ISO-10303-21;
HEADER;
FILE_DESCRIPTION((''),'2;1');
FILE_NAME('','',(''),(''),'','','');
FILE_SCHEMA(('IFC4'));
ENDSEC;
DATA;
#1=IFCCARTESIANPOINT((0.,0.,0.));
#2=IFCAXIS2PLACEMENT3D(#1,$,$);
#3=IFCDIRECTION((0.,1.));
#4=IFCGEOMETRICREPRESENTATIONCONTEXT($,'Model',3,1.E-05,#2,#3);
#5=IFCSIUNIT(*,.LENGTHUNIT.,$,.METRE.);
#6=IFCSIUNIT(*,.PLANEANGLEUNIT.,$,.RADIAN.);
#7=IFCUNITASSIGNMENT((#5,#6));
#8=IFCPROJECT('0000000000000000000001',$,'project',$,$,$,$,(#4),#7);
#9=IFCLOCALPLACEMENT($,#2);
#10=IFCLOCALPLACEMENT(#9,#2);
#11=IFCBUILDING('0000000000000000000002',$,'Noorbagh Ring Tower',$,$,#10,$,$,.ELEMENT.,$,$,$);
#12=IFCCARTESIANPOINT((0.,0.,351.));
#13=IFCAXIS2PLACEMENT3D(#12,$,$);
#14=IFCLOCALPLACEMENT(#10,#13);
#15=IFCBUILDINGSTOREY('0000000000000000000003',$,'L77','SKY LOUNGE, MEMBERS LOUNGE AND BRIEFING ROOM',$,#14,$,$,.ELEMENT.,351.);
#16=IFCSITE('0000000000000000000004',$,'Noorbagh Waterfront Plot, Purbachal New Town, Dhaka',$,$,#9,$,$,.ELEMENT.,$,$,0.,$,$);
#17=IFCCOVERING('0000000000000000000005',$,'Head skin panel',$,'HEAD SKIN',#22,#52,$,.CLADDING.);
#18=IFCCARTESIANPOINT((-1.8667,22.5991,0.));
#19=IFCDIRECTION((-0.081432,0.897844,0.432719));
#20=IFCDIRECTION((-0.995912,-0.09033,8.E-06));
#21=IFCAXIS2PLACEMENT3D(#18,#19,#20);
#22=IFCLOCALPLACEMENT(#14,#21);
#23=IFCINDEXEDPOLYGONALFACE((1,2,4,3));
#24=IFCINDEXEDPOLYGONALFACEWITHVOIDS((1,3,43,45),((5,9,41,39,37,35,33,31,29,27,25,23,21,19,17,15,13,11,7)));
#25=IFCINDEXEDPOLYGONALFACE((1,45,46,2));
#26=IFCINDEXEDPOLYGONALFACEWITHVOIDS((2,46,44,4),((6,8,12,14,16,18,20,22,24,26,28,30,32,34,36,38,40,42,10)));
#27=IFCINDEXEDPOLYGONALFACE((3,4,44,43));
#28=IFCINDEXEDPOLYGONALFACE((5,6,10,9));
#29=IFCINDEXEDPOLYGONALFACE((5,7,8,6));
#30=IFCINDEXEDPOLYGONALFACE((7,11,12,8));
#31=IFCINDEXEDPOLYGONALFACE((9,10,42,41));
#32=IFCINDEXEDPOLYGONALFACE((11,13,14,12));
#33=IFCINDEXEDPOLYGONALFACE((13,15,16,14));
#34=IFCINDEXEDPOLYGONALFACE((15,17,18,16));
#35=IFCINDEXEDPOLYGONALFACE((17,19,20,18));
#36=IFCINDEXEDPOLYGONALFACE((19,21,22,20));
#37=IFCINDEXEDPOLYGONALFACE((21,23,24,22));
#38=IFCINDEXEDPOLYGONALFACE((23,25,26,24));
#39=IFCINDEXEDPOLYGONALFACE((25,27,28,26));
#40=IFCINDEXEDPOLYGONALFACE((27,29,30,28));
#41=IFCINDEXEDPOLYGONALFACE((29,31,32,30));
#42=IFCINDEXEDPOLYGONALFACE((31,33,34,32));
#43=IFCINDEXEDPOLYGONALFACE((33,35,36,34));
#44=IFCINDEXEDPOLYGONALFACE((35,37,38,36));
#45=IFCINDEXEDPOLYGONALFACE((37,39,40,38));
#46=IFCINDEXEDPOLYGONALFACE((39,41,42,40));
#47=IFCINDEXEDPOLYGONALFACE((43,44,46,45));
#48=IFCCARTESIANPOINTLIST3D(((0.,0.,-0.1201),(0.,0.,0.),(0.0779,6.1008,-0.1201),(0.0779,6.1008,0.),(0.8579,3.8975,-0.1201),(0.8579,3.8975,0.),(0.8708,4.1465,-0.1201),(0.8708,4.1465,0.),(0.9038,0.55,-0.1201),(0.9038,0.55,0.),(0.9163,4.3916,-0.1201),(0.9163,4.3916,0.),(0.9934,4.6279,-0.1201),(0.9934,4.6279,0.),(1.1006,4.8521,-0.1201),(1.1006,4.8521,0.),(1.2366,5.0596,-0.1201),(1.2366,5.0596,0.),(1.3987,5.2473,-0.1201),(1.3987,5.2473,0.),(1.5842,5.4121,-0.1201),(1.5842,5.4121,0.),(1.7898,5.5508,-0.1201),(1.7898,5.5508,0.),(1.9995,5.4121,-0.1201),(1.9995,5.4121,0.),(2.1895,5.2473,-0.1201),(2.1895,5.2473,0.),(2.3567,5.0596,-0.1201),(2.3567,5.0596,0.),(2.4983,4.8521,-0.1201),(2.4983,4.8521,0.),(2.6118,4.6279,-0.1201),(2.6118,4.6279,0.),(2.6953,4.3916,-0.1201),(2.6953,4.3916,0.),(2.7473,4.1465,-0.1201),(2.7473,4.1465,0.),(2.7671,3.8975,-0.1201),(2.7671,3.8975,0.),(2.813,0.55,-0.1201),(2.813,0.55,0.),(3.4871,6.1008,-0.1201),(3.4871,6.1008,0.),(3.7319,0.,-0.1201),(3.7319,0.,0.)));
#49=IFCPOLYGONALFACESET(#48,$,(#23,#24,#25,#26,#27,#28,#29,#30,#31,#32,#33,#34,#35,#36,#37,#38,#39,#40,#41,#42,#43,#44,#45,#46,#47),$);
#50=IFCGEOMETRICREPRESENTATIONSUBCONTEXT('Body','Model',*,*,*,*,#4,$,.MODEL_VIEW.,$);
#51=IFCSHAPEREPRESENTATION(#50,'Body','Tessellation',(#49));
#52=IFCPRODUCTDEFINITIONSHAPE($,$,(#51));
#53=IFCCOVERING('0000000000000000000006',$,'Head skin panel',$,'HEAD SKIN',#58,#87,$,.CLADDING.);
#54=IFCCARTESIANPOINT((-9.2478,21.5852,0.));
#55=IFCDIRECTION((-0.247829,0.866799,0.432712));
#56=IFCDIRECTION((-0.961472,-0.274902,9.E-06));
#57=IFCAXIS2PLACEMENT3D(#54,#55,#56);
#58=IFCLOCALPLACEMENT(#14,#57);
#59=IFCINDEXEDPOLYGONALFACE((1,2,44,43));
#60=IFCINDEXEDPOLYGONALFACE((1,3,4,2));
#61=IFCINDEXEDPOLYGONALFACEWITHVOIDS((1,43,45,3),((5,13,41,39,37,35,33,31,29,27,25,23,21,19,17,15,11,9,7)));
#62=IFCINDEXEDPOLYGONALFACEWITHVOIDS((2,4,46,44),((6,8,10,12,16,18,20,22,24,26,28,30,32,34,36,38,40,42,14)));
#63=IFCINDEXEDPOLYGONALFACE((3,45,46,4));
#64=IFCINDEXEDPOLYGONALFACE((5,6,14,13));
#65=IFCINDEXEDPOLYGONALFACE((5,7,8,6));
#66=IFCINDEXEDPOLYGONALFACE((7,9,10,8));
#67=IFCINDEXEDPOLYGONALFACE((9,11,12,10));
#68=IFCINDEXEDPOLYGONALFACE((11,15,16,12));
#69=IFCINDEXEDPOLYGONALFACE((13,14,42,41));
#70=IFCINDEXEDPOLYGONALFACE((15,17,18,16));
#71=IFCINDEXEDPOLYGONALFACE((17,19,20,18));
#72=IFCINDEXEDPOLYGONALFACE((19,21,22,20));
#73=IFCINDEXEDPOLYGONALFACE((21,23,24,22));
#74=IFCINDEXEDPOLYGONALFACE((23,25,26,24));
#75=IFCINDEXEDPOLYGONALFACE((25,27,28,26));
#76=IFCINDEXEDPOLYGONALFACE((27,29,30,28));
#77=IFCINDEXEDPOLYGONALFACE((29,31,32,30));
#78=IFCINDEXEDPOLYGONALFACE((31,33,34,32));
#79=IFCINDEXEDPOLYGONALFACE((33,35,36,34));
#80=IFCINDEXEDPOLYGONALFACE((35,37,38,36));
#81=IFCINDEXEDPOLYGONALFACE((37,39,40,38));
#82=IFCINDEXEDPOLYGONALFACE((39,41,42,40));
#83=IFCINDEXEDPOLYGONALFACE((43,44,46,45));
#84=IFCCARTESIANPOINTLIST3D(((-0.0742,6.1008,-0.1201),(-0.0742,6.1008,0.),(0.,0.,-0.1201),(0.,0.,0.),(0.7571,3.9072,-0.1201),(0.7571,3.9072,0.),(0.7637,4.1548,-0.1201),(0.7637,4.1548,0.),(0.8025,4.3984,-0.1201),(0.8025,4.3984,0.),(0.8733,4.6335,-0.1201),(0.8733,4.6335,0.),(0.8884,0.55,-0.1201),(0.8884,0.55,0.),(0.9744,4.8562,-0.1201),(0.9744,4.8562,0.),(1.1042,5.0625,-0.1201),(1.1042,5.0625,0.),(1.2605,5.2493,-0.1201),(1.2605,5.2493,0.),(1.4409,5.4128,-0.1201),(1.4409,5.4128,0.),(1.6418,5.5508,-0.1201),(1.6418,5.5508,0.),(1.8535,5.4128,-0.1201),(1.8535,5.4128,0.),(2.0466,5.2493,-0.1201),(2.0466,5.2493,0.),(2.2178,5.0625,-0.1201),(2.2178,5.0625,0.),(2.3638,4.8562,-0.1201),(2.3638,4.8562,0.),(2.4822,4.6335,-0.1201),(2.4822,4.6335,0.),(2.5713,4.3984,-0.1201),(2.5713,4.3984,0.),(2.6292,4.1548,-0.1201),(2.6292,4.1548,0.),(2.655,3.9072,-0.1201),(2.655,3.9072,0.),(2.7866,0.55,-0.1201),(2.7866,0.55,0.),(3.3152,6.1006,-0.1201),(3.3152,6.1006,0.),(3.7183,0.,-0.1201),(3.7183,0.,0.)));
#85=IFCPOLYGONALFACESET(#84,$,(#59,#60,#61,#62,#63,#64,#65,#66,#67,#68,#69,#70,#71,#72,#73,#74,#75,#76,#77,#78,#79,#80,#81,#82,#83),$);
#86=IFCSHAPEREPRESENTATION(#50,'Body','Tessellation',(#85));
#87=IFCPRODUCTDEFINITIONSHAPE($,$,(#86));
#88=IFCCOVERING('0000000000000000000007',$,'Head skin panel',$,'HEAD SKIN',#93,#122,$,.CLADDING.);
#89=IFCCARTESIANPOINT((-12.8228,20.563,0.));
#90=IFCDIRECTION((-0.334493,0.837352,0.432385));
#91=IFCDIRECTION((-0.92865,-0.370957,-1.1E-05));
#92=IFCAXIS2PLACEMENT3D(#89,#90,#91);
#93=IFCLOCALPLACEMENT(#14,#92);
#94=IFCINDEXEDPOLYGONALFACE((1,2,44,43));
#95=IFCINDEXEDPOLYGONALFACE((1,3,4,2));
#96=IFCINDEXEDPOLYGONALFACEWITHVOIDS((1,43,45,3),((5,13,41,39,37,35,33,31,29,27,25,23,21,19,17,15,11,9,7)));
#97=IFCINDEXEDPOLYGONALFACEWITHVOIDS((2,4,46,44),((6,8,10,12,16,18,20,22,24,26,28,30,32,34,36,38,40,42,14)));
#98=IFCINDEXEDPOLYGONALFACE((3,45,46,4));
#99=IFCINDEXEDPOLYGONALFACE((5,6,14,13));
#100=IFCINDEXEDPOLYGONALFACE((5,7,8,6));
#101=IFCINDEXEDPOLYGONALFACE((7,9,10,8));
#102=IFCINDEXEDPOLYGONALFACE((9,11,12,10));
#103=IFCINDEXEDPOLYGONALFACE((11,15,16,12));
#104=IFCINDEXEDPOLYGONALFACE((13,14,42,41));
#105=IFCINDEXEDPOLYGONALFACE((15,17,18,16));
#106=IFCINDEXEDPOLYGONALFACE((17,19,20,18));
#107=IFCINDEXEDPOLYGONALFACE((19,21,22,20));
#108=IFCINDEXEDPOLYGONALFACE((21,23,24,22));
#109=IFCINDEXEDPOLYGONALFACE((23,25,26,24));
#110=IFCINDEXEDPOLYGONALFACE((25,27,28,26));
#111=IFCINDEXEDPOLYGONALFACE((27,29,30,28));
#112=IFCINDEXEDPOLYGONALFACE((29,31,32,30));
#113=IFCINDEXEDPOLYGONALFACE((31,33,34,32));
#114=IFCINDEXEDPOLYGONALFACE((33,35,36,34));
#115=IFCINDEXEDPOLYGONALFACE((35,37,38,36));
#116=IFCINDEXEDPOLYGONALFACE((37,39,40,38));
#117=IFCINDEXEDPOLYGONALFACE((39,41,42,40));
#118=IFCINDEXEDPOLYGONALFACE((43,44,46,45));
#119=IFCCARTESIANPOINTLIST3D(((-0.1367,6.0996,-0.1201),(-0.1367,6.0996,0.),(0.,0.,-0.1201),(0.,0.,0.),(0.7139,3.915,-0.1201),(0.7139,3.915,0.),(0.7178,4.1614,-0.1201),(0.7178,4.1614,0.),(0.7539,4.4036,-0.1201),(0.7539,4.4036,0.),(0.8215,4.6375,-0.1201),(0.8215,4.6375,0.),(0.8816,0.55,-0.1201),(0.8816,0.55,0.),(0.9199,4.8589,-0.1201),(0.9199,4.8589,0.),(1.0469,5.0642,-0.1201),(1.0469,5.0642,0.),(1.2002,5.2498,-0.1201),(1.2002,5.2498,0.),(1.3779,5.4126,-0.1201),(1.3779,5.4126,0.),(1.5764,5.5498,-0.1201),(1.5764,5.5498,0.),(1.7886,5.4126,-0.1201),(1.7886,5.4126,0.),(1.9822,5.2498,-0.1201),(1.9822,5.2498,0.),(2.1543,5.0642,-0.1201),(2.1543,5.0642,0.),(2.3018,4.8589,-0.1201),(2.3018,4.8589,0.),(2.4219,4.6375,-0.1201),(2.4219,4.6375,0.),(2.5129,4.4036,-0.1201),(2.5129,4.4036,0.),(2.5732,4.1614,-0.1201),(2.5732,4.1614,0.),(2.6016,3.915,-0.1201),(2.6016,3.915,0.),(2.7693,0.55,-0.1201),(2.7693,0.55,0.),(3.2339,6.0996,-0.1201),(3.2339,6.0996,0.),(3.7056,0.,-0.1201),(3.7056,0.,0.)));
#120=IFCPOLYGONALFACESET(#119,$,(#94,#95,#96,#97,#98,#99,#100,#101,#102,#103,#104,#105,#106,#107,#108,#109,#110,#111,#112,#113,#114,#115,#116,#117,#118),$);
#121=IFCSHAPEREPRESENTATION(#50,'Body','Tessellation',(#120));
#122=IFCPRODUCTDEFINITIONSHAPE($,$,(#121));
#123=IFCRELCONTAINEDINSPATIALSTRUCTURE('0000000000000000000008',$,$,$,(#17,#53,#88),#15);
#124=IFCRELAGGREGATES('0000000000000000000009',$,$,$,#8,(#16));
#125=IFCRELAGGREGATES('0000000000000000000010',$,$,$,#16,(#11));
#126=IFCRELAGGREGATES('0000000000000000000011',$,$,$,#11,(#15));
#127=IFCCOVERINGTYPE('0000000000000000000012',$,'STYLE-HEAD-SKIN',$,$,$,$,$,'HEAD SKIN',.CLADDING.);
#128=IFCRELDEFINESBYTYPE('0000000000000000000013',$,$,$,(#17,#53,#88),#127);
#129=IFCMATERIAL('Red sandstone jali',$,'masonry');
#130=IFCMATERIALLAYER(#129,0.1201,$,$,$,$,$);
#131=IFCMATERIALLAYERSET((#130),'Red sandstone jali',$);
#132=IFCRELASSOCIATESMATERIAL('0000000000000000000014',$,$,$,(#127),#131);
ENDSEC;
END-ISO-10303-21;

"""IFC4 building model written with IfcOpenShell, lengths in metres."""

from ifc_helpers import new_model, si_unit, direction, frame, origin, place, context, subcontext, project, spatial, polyline, outline, extrude, material, layer, layer_set, type_object, element, save


model = new_model("IFC4")

# Units and contexts
model_context = context("Model", 3, precision=1e-05, world=origin(), true_north=direction((0.0, 1.0)))
body_context = subcontext(model_context, "Body", "Model", "MODEL_VIEW")
ifc_project = project(units=[si_unit("LENGTHUNIT", "METRE"), si_unit("PLANEANGLEUNIT", "RADIAN")], contexts=[model_context])

# Site, building, storey
site_placement = place(None, origin())
site = spatial("IfcSite", under=ifc_project, at=site_placement, Name="Noorbagh Waterfront Plot, Purbachal New Town, Dhaka", CompositionType="ELEMENT", RefElevation=0.0)
building_placement = place(site_placement, origin())
building = spatial("IfcBuilding", under=site, at=building_placement, Name="Noorbagh Ring Tower", CompositionType="ELEMENT")
storey_placement = place(building_placement, frame((0.0, 0.0, 351.0)))
storey = spatial("IfcBuildingStorey", under=building, at=storey_placement, Name="L77", Description="SKY LOUNGE, MEMBERS LOUNGE AND BRIEFING ROOM", CompositionType="ELEMENT", Elevation=351.0)

# Coverings
ifc_material_1 = material(Name="Red sandstone jali", Category="masonry")
ifc_layer_1 = layer(ifc_material_1, 0.1201)
ifc_layer_set_1 = layer_set([ifc_layer_1], Name="Red sandstone jali")
covering_type_1 = type_object("IfcCoveringType", Name="STYLE-HEAD-SKIN", ElementType="HEAD SKIN", PredefinedType="CLADDING", material=ifc_layer_set_1)
covering_1_placement = place(storey_placement, frame((-1.8667, 22.5991, 0.0), z_axis=(-0.081432, 0.897844, 0.432719), x_axis=(-0.995912, -0.09033, 0.000008)))
element("IfcCovering", 1, at=covering_1_placement, inside=storey, type_object=covering_type_1, Name="Head skin panel", ObjectType="HEAD SKIN", PredefinedType="CLADDING", context=body_context, shape_type="SweptSolid", body=[
    extrude(outline(polyline([(0.0, 0.0), (3.7319, 0.0), (3.4871, 6.1008), (0.0779, 6.1008), (0.0, 0.0)]), holes=[polyline([(0.9038, 0.55), (0.8579, 3.8975), (0.8708, 4.1465), (0.9163, 4.3916), (0.9934, 4.6279), (1.1006, 4.8521), (1.2366, 5.0596), (1.3987, 5.2473), (1.5842, 5.4121), (1.7898, 5.5508), (1.9995, 5.4121), (2.1895, 5.2473), (2.3567, 5.0596), (2.4983, 4.8521), (2.6118, 4.6279), (2.6953, 4.3916), (2.7473, 4.1465), (2.7671, 3.8975), (2.813, 0.55), (0.9038, 0.55)])]), origin(), (0.0, 0.0, -1.0), 0.1201),
])
covering_2_placement = place(storey_placement, frame((-9.2478, 21.5852, 0.0), z_axis=(-0.247829, 0.866799, 0.432712), x_axis=(-0.961472, -0.274902, 0.000009)))
element("IfcCovering", 2, at=covering_2_placement, inside=storey, type_object=covering_type_1, Name="Head skin panel", ObjectType="HEAD SKIN", PredefinedType="CLADDING", context=body_context, shape_type="SweptSolid", body=[
    extrude(outline(polyline([(0.0, 0.0), (3.7183, 0.0), (3.3152, 6.1006), (-0.0742, 6.1008), (0.0, 0.0)]), holes=[polyline([(0.8884, 0.55), (0.7571, 3.9072), (0.7637, 4.1548), (0.8025, 4.3984), (0.8733, 4.6335), (0.9744, 4.8562), (1.1042, 5.0625), (1.2605, 5.2493), (1.4409, 5.4128), (1.6418, 5.5508), (1.8535, 5.4128), (2.0466, 5.2493), (2.2178, 5.0625), (2.3638, 4.8562), (2.4822, 4.6335), (2.5713, 4.3984), (2.6292, 4.1548), (2.655, 3.9072), (2.7866, 0.55), (0.8884, 0.55)])]), origin(), (0.0, 0.0, -1.0), 0.1201),
])
covering_3_placement = place(storey_placement, frame((-12.8228, 20.563, 0.0), z_axis=(-0.334493, 0.837352, 0.432385), x_axis=(-0.92865, -0.370957, -0.000011)))
element("IfcCovering", 3, at=covering_3_placement, inside=storey, type_object=covering_type_1, Name="Head skin panel", ObjectType="HEAD SKIN", PredefinedType="CLADDING", context=body_context, shape_type="SweptSolid", body=[
    extrude(outline(polyline([(0.0, 0.0), (3.7056, 0.0), (3.2339, 6.0996), (-0.1367, 6.0996), (0.0, 0.0)]), holes=[polyline([(0.8816, 0.55), (0.7139, 3.915), (0.7178, 4.1614), (0.7539, 4.4036), (0.8215, 4.6375), (0.9199, 4.8589), (1.0469, 5.0642), (1.2002, 5.2498), (1.3779, 5.4126), (1.5764, 5.5498), (1.7886, 5.4126), (1.9822, 5.2498), (2.1543, 5.0642), (2.3018, 4.8589), (2.4219, 4.6375), (2.5129, 4.4036), (2.5732, 4.1614), (2.6016, 3.915), (2.7693, 0.55), (0.8816, 0.55)])]), origin(), (0.0, 0.0, -1.0), 0.1201),
])

save(model, "model.ifc")
